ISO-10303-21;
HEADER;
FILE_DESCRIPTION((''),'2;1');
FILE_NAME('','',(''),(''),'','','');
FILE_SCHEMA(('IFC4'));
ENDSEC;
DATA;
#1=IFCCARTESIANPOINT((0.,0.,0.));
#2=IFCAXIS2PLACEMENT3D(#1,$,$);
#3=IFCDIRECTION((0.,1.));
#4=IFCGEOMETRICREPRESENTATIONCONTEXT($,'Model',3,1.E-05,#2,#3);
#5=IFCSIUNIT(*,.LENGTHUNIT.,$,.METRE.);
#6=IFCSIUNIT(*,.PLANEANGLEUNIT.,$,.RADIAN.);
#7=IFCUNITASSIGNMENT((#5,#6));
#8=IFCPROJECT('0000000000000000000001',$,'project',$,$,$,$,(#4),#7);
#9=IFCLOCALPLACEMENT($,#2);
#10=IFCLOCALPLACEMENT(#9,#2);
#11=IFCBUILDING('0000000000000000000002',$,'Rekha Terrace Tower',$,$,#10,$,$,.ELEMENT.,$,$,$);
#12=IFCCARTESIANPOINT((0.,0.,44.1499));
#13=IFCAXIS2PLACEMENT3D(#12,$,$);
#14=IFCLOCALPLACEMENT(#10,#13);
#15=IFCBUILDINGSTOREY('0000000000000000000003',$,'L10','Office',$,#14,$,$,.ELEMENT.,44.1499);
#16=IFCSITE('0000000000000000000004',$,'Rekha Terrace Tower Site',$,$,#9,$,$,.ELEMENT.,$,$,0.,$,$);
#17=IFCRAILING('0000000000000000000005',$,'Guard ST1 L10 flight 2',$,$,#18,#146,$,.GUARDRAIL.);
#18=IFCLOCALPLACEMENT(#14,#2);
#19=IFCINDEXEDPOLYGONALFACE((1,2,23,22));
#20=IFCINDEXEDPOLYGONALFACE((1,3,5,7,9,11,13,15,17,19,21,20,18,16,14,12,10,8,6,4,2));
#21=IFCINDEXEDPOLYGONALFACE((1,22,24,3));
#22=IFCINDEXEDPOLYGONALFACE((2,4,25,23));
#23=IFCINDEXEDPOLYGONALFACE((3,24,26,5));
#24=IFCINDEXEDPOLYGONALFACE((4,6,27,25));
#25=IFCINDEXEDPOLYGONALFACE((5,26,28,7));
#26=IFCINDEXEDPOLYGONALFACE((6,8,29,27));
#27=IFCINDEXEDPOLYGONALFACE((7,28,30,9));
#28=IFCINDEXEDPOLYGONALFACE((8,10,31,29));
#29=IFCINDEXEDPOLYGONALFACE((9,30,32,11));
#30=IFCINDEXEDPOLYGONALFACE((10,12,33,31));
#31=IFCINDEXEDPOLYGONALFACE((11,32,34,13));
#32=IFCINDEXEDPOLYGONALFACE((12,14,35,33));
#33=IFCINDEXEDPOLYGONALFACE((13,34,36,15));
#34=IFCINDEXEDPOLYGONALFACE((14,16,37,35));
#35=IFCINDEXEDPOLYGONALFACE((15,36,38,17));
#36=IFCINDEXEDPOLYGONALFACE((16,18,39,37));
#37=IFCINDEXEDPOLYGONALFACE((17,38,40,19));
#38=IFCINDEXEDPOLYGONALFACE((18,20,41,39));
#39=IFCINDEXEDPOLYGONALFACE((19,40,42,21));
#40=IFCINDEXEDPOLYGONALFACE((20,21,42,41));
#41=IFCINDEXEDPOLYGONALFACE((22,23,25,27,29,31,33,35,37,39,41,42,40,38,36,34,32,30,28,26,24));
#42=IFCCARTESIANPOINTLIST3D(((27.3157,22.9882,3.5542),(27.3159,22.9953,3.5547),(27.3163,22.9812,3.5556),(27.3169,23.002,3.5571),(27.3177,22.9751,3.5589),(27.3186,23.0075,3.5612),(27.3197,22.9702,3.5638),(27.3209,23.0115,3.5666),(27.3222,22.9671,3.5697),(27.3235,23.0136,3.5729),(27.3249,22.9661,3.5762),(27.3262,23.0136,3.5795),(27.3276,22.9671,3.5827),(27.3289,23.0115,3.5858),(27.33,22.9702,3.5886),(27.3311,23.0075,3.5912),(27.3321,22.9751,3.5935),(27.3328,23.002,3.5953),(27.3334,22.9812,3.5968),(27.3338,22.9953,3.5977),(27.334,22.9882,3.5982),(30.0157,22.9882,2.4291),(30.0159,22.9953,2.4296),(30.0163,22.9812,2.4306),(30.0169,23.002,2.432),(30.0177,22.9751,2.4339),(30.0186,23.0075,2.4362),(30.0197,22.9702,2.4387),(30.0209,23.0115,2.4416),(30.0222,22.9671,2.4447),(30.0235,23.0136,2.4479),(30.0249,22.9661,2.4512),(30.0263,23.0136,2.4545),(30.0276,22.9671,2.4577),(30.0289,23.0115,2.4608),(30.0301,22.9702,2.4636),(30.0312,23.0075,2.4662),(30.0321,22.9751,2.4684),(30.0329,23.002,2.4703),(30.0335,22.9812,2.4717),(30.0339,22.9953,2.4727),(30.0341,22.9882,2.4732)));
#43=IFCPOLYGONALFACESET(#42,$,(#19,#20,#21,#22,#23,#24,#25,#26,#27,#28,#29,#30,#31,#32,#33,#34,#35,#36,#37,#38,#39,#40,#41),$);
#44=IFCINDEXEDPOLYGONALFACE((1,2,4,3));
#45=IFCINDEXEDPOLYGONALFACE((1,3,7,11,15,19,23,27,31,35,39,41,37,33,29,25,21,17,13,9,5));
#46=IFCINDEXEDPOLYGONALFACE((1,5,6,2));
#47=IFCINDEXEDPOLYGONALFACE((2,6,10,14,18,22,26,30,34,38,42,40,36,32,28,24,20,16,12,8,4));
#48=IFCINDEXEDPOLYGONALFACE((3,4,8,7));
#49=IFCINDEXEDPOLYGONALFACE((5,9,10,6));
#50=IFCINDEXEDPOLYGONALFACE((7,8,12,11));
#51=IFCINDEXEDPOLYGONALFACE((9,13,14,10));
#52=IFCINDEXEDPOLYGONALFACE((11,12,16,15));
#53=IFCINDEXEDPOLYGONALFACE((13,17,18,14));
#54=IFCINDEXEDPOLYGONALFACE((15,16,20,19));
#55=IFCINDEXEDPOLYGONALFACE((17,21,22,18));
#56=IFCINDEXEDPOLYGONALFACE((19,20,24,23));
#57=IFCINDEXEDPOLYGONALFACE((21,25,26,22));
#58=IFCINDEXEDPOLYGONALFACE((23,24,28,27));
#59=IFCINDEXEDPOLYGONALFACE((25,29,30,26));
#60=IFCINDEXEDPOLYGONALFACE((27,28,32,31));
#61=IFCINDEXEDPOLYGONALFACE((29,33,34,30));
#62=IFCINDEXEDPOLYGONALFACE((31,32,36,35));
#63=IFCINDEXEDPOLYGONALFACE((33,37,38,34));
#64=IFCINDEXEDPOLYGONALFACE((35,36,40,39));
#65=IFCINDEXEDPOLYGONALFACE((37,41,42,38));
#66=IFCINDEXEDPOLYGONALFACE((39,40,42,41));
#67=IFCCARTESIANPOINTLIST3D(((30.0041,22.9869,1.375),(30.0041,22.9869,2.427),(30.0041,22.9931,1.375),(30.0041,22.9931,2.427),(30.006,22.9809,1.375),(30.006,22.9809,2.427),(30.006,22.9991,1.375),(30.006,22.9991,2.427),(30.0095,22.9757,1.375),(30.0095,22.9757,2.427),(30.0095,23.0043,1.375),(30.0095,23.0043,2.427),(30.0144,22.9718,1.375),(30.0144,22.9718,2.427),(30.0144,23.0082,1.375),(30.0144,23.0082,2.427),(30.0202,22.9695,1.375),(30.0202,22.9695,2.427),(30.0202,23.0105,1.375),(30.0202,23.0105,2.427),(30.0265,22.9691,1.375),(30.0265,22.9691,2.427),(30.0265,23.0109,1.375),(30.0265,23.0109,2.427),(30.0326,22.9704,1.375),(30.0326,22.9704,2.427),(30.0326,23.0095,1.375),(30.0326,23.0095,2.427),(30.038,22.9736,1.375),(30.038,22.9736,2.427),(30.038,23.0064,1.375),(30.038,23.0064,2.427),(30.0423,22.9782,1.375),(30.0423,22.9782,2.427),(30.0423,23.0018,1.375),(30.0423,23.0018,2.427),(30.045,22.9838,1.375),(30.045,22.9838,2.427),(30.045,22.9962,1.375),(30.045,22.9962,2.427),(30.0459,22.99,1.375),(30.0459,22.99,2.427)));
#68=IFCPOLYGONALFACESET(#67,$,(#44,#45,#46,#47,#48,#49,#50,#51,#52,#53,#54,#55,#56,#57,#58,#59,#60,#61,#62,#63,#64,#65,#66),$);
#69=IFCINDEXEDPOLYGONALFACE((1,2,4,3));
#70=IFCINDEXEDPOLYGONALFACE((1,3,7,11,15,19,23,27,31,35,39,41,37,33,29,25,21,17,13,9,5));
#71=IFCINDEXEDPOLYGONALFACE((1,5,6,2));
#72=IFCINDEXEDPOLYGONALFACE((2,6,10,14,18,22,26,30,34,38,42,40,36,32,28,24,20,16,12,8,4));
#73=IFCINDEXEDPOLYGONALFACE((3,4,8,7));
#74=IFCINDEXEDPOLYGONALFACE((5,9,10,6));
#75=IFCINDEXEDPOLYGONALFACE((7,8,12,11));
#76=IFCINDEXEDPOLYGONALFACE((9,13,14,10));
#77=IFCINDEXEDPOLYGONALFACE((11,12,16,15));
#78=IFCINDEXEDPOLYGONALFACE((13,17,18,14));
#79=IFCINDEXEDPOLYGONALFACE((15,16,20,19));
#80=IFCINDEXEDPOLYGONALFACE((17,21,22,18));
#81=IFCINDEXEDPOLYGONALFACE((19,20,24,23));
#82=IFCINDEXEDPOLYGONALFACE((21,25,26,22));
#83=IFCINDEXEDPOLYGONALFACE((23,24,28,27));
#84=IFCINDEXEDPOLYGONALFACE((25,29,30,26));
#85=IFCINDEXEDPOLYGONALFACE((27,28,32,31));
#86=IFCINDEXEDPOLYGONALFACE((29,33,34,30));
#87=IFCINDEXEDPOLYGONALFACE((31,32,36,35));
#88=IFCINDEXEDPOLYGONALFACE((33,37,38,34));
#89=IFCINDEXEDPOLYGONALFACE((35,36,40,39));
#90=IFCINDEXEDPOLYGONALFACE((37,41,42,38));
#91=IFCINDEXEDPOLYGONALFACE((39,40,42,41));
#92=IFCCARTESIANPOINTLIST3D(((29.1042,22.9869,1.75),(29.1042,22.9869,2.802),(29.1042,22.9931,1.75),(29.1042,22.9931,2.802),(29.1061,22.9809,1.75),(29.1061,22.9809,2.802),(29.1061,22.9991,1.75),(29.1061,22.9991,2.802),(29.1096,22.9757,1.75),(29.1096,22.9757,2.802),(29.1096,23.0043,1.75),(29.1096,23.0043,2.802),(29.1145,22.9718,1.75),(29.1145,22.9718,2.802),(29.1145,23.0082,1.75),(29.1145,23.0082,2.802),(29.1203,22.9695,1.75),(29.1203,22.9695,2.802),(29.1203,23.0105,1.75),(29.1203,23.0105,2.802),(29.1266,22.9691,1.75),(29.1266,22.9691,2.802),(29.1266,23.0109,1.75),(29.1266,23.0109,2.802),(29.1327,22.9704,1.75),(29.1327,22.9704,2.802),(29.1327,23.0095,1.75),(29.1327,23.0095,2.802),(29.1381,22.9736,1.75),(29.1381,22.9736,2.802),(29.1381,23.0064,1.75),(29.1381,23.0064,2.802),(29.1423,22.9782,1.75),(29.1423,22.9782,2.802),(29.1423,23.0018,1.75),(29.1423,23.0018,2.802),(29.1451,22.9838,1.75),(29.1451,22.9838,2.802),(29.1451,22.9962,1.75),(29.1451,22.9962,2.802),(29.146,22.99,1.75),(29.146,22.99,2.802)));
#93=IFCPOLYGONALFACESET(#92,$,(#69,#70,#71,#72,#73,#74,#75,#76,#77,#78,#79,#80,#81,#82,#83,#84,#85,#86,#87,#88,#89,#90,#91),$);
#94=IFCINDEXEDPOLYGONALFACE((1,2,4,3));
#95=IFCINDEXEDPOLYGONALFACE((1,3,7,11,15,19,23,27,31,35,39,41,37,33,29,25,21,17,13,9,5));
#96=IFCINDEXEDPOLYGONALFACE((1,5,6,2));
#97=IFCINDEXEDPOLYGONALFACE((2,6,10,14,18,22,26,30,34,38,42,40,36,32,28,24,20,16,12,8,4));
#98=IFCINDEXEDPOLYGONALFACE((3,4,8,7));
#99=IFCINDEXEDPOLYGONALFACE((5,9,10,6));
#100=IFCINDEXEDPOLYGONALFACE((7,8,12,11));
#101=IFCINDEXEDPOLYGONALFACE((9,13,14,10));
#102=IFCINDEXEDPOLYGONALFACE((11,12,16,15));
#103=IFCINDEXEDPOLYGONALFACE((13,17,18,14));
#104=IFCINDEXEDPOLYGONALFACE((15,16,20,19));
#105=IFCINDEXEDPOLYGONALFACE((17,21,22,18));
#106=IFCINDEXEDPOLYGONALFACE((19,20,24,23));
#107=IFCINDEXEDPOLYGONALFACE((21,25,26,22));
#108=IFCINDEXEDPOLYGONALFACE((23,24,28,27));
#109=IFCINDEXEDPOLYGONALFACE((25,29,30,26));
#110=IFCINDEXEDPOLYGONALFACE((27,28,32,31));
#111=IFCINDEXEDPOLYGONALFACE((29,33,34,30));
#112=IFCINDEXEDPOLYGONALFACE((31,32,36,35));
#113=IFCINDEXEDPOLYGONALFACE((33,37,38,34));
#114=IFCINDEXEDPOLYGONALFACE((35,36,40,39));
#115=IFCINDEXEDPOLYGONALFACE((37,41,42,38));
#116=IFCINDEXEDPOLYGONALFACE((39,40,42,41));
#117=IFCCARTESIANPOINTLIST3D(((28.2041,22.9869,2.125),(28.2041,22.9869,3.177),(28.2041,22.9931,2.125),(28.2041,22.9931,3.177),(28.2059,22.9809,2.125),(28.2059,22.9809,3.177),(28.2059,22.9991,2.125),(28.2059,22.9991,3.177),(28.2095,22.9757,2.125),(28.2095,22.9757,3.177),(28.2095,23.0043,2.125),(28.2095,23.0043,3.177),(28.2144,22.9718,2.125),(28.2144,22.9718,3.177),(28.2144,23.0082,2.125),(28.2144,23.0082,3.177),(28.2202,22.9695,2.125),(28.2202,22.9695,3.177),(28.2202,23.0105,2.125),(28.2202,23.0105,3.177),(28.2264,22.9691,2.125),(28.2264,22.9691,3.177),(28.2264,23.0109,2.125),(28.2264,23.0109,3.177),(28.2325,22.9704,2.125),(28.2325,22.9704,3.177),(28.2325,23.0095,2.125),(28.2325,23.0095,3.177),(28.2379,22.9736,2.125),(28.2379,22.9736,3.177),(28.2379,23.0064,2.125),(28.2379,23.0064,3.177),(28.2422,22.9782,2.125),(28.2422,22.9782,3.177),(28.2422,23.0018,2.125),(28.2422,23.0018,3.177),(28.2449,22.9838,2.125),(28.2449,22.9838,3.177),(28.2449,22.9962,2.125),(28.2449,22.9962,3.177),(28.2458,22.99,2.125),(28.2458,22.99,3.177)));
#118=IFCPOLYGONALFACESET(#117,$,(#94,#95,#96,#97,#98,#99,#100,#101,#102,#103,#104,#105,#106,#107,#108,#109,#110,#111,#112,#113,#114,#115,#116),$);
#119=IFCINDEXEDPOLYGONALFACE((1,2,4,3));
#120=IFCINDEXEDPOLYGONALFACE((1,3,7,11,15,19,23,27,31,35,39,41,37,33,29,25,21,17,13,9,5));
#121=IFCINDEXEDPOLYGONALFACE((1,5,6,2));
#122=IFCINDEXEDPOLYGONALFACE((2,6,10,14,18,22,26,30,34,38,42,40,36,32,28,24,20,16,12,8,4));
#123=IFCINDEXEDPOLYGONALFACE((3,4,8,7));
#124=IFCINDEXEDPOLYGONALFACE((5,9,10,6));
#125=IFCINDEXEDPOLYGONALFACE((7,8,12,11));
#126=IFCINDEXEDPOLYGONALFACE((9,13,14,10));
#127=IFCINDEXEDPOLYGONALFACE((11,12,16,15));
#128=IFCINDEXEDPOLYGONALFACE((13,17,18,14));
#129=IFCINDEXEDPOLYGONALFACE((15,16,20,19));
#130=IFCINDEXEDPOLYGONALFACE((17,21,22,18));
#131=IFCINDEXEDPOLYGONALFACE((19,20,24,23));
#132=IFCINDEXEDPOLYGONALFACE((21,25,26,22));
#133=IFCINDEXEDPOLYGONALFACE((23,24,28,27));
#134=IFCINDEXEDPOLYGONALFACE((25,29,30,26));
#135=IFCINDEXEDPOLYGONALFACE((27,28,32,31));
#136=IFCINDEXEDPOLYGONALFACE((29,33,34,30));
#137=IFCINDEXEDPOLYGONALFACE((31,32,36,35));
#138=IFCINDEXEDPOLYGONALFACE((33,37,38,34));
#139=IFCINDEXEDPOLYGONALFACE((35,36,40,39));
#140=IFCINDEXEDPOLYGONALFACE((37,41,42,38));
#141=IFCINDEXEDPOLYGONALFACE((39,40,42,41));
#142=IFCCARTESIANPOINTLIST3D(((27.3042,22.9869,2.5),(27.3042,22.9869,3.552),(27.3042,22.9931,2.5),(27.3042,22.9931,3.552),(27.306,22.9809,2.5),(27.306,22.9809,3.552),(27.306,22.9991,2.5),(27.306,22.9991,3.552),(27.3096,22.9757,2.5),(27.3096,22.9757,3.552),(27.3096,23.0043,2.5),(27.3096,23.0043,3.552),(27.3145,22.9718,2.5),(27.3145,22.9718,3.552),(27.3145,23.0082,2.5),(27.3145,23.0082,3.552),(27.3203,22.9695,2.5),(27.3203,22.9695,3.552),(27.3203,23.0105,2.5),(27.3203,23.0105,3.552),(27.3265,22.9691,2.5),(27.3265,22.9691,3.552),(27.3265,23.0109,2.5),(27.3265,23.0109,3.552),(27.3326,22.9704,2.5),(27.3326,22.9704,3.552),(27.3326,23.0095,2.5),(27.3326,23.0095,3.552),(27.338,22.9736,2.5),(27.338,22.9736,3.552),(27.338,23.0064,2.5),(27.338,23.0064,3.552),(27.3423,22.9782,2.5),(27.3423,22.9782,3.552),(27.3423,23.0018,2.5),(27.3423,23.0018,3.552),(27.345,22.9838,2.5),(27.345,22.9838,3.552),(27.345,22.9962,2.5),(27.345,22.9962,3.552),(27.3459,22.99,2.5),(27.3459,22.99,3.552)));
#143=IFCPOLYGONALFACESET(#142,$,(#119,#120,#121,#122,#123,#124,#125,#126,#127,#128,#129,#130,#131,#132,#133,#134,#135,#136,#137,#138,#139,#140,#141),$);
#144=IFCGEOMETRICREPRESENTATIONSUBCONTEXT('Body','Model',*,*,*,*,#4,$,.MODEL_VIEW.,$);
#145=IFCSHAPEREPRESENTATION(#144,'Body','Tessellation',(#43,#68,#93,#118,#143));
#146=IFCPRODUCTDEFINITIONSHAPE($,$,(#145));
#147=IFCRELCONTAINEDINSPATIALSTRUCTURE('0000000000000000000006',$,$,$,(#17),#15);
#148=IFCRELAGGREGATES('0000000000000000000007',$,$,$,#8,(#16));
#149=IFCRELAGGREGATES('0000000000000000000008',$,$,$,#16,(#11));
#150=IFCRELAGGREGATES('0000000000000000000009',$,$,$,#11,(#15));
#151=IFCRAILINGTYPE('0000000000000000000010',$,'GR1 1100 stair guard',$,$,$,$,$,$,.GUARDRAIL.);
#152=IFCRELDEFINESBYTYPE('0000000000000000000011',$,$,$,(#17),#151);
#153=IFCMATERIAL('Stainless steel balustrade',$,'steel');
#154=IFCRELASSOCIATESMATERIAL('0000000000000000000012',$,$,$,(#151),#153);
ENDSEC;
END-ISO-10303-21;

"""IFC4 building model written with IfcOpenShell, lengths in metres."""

from ifc_helpers import new_model, si_unit, direction, frame, origin, origin_2d, place, context, subcontext, project, spatial, circle, extrude, material, type_object, element, save


model = new_model("IFC4")

# Units and contexts
model_context = context("Model", 3, precision=1e-05, world=origin(), true_north=direction((0.0, 1.0)))
body_context = subcontext(model_context, "Body", "Model", "MODEL_VIEW")
ifc_project = project(units=[si_unit("LENGTHUNIT", "METRE"), si_unit("PLANEANGLEUNIT", "RADIAN")], contexts=[model_context])

# Site, building, storey
site_placement = place(None, origin())
site = spatial("IfcSite", under=ifc_project, at=site_placement, Name="Rekha Terrace Tower Site", CompositionType="ELEMENT", RefElevation=0.0)
building_placement = place(site_placement, origin())
building = spatial("IfcBuilding", under=site, at=building_placement, Name="Rekha Terrace Tower", CompositionType="ELEMENT")
storey_placement = place(building_placement, frame((0.0, 0.0, 44.1499)))
storey = spatial("IfcBuildingStorey", under=building, at=storey_placement, Name="L10", Description="Office", CompositionType="ELEMENT", Elevation=44.1499)

# Railing
ifc_material_1 = material(Name="Stainless steel balustrade", Category="steel")
railing_type_1 = type_object("IfcRailingType", Name="GR1 1100 stair guard", PredefinedType="GUARDRAIL", material=ifc_material_1)
railing_1_placement = place(storey_placement, frame((30.0249, 22.99, 1.375)))
element("IfcRailing", 1, at=railing_1_placement, inside=storey, type_object=railing_type_1, Name="Guard ST1 L10 flight 2", PredefinedType="GUARDRAIL", context=body_context, shape_type="SweptSolid", body=[
    extrude(circle(Radius=0.0239, at=origin_2d()), frame((0.0, 0.0, 1.0762), z_axis=(-0.923074, 0.0, 0.384621), x_axis=(0.0, -1.0, 0.0)), (0.0, 0.0, 1.0), 2.925),
    extrude(circle(Radius=0.021, at=origin_2d()), origin(), (0.0, 0.0, 1.0), 1.052),
    extrude(circle(Radius=0.021, at=origin_2d()), frame((-0.8999, 0.0, 0.375)), (0.0, 0.0, 1.0), 1.052),
    extrude(circle(Radius=0.021, at=origin_2d()), frame((-1.8, 0.0, 0.75)), (0.0, 0.0, 1.0), 1.052),
    extrude(circle(Radius=0.021, at=origin_2d()), frame((-2.7, 0.0, 1.125)), (0.0, 0.0, 1.0), 1.052),
])

save(model, "model.ifc")
